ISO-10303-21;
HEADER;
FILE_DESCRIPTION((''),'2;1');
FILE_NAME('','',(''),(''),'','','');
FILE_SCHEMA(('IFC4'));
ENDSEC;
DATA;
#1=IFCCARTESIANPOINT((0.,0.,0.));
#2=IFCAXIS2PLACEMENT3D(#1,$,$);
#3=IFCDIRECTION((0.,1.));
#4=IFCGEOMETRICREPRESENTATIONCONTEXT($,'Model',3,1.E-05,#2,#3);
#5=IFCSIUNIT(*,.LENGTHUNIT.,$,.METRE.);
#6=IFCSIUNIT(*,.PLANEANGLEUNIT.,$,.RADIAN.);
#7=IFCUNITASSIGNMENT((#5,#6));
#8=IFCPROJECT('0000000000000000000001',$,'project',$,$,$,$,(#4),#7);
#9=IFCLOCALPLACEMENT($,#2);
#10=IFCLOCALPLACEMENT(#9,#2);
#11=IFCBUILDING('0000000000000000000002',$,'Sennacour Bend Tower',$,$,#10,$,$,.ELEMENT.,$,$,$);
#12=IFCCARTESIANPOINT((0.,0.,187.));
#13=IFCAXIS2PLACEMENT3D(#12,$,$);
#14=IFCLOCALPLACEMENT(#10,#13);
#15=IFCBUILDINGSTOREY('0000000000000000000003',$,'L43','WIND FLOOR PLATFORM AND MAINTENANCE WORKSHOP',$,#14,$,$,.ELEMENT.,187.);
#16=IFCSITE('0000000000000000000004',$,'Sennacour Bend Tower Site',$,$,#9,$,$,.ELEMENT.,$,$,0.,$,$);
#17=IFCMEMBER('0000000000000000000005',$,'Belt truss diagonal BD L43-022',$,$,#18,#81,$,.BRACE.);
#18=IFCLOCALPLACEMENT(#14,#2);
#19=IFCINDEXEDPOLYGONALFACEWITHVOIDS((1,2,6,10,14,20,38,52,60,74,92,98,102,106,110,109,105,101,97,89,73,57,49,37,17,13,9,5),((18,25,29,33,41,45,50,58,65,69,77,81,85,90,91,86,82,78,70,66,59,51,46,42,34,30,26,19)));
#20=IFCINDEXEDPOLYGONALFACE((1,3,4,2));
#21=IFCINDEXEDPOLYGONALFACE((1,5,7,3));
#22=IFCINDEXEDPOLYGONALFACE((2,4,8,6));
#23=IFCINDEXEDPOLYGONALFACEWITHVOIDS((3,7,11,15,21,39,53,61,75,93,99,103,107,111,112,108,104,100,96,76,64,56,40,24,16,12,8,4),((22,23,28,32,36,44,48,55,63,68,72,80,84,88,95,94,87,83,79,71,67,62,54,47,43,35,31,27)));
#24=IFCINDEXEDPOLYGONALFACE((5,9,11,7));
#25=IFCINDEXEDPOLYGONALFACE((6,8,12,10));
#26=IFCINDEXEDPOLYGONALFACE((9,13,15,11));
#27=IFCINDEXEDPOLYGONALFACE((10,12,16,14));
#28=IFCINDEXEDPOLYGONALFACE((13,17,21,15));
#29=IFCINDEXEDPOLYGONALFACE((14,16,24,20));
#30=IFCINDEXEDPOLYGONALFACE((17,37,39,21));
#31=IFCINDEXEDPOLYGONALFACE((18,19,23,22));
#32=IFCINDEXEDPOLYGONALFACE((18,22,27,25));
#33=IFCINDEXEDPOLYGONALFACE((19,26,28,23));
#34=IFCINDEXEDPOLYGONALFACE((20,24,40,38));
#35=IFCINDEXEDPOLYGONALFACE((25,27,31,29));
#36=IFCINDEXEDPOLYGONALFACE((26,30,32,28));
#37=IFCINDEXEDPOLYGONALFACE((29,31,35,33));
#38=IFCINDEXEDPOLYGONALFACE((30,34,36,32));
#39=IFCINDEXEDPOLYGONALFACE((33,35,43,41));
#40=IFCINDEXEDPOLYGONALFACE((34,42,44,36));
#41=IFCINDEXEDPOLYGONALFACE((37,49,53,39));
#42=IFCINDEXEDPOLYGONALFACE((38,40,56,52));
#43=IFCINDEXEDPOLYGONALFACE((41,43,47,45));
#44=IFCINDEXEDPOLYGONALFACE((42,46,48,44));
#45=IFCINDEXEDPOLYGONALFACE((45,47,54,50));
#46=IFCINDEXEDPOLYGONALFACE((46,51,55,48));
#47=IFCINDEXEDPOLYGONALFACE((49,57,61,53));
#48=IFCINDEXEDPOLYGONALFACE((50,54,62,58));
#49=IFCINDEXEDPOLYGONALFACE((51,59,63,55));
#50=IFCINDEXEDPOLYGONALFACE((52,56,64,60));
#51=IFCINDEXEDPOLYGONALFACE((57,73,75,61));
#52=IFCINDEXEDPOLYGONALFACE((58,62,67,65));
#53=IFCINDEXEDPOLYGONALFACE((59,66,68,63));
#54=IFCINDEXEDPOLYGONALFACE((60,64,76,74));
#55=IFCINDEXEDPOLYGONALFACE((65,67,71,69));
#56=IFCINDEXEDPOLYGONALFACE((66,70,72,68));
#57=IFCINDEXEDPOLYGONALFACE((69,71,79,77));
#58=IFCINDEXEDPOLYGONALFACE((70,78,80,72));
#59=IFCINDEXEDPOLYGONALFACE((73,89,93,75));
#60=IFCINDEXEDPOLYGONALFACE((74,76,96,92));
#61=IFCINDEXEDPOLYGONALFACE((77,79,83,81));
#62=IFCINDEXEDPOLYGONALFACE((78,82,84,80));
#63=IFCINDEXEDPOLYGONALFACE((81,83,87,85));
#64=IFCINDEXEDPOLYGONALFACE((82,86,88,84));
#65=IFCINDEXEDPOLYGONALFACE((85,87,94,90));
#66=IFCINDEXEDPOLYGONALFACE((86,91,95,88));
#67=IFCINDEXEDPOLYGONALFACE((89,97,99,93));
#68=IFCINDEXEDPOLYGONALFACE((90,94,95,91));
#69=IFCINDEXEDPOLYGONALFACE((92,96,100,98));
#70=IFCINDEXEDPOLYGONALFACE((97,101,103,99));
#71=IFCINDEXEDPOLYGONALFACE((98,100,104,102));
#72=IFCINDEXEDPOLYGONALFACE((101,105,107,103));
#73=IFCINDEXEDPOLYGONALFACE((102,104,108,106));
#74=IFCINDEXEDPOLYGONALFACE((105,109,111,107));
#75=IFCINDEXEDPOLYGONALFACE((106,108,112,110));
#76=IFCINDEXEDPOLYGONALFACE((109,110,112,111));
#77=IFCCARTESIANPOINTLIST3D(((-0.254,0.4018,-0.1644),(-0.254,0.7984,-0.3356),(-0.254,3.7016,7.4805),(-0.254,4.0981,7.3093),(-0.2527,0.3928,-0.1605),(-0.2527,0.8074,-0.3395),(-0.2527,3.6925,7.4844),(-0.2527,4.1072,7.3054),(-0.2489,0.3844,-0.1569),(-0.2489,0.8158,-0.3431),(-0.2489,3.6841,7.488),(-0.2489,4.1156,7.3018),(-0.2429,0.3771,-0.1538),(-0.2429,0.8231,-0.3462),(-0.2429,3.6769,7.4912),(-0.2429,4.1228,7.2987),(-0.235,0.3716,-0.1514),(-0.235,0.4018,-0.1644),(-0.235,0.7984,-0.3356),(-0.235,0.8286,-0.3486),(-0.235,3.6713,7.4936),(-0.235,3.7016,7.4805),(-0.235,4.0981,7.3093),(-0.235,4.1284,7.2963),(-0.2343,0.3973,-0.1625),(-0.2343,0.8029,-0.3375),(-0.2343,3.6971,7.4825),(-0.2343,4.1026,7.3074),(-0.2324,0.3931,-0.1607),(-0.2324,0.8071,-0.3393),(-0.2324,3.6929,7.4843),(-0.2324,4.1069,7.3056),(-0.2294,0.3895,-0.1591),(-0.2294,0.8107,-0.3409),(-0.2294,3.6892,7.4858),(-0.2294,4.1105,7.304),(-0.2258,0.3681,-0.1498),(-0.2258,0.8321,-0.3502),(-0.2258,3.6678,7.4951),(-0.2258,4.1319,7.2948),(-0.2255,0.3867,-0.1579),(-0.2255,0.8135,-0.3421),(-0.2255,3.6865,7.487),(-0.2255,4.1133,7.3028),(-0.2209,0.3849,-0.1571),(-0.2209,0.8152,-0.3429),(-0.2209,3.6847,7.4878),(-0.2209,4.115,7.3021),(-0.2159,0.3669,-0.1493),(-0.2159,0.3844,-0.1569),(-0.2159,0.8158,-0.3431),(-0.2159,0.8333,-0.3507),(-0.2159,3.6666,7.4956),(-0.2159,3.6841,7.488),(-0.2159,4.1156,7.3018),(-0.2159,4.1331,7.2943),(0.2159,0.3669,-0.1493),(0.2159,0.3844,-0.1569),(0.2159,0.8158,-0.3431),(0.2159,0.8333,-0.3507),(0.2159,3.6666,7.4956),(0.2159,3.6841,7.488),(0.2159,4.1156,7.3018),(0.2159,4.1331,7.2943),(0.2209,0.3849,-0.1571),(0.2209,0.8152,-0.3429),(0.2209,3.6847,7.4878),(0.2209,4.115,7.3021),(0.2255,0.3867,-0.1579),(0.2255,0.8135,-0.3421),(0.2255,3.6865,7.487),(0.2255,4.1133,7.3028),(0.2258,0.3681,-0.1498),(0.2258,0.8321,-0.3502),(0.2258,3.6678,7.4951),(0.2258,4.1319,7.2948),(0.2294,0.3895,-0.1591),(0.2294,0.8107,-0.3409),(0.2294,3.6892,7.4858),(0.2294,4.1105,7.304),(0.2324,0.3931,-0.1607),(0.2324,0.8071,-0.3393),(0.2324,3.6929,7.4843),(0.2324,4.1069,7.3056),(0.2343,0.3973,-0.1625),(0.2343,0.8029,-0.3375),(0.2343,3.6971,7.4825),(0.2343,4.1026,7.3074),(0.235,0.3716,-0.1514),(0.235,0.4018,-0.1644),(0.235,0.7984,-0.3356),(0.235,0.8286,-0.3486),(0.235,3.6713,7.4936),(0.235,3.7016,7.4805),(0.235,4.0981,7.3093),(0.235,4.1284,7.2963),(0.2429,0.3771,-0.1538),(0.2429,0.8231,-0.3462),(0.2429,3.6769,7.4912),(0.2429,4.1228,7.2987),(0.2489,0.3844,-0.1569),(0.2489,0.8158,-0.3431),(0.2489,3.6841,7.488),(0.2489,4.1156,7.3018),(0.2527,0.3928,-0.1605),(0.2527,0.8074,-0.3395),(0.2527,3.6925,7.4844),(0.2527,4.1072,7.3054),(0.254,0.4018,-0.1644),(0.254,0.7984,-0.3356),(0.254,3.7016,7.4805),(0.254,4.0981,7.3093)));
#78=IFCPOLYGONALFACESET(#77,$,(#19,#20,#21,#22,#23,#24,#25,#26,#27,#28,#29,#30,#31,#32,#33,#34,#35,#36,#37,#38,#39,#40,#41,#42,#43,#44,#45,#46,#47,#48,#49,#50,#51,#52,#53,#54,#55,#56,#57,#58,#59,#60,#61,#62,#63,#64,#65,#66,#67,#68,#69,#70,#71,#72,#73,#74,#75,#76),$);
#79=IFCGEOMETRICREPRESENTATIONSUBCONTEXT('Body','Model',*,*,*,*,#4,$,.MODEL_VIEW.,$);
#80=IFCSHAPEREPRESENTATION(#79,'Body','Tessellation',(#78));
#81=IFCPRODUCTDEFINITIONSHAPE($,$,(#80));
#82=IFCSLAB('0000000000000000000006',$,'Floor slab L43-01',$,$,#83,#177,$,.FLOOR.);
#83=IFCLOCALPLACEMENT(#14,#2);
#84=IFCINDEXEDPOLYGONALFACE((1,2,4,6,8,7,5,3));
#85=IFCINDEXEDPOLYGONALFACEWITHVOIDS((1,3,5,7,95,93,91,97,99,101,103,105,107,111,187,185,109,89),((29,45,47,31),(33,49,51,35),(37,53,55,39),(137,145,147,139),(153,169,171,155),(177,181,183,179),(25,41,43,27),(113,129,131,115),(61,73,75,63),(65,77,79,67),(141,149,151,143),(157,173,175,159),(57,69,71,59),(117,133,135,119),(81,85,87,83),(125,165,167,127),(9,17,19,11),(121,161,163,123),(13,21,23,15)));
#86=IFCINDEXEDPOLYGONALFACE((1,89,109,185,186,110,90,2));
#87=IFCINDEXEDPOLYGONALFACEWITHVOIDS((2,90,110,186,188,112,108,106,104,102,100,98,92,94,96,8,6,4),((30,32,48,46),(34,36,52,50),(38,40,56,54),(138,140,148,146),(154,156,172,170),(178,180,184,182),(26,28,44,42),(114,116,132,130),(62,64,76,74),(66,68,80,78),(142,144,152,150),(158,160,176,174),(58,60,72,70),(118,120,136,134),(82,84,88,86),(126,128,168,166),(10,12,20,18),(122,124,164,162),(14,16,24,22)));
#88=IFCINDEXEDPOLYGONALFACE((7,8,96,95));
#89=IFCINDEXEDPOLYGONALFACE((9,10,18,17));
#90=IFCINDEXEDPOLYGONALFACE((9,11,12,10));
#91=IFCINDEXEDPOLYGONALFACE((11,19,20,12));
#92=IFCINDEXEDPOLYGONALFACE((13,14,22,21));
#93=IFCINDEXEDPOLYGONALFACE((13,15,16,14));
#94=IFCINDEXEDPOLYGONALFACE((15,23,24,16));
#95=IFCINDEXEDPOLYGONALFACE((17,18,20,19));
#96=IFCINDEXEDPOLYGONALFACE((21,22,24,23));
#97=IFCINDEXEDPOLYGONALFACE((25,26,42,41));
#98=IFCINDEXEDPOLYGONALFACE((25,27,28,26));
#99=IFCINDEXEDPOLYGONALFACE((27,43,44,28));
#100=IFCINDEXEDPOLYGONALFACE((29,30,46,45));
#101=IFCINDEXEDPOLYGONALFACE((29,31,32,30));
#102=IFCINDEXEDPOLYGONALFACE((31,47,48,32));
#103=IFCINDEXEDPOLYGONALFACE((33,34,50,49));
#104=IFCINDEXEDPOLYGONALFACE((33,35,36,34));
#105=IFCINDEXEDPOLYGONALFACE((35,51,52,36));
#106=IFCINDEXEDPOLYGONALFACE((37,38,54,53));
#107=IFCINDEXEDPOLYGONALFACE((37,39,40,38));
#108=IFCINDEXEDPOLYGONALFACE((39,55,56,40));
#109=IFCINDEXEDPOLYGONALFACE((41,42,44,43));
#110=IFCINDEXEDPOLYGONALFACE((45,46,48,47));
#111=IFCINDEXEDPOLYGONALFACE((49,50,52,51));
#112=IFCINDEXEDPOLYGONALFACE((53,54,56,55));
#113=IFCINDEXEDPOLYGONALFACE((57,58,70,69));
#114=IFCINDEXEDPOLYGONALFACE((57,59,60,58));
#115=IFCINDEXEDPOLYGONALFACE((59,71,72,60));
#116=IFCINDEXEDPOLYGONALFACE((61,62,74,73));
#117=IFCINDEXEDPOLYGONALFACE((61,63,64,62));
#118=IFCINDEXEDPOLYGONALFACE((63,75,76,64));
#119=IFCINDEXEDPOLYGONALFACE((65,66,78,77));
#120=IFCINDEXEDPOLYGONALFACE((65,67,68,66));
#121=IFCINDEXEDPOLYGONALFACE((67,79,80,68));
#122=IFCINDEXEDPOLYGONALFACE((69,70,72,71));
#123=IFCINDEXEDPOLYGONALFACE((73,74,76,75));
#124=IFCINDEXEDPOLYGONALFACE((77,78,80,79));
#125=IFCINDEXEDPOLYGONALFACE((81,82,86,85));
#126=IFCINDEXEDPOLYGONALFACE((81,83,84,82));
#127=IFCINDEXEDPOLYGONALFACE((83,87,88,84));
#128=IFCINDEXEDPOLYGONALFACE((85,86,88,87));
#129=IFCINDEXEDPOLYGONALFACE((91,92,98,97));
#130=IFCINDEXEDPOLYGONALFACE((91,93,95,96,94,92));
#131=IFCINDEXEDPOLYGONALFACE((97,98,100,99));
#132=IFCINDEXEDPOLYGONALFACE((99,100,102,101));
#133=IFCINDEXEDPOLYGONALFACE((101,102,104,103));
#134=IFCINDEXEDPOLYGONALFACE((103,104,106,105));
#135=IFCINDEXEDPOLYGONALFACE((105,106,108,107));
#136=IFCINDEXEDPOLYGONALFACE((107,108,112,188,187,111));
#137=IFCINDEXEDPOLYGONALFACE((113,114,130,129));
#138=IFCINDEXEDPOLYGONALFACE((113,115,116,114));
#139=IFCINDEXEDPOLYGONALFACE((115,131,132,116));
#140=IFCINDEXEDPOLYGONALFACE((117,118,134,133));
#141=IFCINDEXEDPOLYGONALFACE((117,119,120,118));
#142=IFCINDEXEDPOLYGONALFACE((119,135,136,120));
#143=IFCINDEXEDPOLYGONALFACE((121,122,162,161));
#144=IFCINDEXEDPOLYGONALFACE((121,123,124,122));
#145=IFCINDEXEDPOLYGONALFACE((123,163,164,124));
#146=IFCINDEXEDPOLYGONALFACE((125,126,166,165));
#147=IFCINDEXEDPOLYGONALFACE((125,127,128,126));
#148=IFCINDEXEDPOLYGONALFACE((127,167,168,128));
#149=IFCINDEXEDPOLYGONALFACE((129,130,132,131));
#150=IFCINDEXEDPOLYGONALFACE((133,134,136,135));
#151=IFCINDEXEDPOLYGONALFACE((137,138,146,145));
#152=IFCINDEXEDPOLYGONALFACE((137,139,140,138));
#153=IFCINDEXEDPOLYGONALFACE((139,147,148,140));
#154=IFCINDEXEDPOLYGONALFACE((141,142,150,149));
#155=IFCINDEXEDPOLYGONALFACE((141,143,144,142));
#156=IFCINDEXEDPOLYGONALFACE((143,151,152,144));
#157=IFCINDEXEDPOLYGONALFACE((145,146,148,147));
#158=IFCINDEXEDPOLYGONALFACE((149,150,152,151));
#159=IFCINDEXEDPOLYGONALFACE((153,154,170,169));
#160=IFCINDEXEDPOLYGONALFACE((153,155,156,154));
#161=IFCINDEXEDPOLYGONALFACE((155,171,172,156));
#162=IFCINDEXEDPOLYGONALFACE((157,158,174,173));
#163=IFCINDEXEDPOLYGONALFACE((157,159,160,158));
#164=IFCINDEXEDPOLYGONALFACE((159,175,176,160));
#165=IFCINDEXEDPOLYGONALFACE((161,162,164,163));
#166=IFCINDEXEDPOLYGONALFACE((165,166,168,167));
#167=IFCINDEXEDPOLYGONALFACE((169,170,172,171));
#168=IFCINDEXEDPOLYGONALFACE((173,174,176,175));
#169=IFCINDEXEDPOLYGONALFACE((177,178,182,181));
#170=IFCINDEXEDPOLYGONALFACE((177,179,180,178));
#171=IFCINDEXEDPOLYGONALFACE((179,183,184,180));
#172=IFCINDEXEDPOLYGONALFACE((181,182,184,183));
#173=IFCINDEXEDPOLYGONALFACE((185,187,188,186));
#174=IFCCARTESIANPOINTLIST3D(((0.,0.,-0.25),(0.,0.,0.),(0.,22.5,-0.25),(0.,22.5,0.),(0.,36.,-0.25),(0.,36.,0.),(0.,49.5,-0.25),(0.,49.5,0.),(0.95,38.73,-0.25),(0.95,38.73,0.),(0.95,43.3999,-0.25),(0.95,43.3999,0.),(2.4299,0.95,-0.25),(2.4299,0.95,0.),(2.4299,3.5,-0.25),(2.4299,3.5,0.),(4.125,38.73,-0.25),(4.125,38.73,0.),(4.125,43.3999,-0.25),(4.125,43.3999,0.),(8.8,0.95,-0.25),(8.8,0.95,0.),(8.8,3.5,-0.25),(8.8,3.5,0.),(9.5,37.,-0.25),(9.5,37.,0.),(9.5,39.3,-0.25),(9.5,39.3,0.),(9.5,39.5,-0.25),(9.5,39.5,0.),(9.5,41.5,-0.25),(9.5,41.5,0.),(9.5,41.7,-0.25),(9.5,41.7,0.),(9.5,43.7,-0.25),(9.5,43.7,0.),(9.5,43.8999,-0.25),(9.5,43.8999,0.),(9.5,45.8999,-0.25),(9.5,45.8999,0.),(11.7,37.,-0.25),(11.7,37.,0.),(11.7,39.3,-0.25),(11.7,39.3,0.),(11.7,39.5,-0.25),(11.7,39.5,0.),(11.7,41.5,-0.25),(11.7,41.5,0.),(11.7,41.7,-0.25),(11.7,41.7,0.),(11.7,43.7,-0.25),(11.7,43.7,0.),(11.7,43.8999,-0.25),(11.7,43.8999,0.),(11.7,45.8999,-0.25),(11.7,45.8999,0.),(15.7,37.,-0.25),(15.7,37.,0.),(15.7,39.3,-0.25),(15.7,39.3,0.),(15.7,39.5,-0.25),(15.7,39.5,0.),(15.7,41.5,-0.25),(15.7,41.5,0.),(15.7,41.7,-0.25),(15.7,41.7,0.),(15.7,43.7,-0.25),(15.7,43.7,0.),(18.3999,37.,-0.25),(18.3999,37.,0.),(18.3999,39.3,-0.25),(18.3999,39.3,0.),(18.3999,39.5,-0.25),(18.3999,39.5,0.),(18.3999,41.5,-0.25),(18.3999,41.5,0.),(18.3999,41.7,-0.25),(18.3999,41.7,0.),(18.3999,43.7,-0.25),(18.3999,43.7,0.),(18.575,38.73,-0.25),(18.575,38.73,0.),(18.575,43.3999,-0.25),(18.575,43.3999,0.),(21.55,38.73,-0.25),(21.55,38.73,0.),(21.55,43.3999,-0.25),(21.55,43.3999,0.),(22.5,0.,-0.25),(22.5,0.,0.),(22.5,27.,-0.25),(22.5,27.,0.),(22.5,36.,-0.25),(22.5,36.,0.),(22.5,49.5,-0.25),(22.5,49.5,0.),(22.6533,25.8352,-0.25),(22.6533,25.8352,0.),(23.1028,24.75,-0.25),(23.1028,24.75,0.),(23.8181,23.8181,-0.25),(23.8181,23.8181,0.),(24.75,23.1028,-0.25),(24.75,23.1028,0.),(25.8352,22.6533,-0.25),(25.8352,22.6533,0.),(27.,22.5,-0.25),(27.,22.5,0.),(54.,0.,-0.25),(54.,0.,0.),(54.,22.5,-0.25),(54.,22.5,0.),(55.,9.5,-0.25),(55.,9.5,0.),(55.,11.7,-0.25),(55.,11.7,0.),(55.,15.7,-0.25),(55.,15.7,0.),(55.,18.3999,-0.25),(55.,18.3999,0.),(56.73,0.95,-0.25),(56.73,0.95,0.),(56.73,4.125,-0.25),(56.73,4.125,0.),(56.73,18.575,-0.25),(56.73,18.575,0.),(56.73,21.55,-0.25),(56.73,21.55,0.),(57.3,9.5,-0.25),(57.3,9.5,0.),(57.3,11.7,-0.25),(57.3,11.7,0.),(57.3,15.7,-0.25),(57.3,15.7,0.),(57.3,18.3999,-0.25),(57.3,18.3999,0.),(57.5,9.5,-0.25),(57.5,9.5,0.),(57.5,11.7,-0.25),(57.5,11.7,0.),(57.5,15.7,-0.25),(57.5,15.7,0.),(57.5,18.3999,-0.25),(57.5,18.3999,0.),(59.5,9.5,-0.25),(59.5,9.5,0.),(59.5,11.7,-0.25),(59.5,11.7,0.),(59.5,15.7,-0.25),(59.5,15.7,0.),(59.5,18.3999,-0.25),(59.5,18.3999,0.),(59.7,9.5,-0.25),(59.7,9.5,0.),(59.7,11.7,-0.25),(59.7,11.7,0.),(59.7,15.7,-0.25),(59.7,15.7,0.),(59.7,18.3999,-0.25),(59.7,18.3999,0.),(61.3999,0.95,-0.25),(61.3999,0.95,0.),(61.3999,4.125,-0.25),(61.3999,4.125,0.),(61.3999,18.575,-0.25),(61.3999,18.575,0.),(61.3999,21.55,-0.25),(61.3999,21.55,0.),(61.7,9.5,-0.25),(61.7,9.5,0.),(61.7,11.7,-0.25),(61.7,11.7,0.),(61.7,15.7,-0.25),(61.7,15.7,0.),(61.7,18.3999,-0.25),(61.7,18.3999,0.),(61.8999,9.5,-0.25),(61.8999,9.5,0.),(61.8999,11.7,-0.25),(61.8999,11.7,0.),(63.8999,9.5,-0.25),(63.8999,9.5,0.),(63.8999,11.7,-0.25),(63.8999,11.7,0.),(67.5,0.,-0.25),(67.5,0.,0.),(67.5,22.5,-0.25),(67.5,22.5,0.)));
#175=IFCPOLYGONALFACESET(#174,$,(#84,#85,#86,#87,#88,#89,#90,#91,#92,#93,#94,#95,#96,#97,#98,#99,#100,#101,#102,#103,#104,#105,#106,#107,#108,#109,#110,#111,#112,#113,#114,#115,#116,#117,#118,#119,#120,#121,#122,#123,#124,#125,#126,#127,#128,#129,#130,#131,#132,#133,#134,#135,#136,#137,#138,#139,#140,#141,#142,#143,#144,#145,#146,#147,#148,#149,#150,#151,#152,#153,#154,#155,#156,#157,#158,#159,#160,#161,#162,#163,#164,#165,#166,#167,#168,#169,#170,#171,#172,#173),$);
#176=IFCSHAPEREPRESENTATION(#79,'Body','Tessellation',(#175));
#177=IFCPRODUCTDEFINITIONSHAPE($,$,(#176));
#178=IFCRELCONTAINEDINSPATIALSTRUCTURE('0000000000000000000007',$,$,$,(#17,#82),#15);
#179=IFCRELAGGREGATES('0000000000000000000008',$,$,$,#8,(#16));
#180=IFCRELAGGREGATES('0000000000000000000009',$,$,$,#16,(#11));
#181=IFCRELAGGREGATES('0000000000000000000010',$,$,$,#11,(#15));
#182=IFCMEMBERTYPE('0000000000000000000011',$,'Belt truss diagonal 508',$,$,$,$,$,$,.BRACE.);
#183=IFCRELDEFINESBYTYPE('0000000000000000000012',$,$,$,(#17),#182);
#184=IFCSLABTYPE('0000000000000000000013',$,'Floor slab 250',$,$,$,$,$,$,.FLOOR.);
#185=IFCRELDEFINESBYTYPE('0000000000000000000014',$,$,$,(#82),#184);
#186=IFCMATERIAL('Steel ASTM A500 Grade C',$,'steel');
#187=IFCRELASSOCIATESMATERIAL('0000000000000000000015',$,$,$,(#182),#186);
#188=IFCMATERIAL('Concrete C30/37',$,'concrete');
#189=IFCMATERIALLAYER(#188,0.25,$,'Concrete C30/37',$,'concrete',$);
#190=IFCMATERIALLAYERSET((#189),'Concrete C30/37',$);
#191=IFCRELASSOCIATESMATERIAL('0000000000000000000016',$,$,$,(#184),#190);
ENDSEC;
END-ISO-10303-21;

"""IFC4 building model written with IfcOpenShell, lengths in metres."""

from ifc_helpers import new_model, si_unit, direction, frame, origin, origin_2d, place, context, subcontext, project, spatial, polyline, hollow_rectangle, outline, extrude, material, layer, layer_set, material_profile, profile_set, type_object, element, save


model = new_model("IFC4")

# Units and contexts
model_context = context("Model", 3, precision=1e-05, world=origin(), true_north=direction((0.0, 1.0)))
body_context = subcontext(model_context, "Body", "Model", "MODEL_VIEW")
ifc_project = project(units=[si_unit("LENGTHUNIT", "METRE"), si_unit("PLANEANGLEUNIT", "RADIAN")], contexts=[model_context])

# Site, building, storey
site_placement = place(None, origin())
site = spatial("IfcSite", under=ifc_project, at=site_placement, Name="Sennacour Bend Tower Site", CompositionType="ELEMENT", RefElevation=0.0)
building_placement = place(site_placement, origin())
building = spatial("IfcBuilding", under=site, at=building_placement, Name="Sennacour Bend Tower", CompositionType="ELEMENT")
storey_placement = place(building_placement, frame((0.0, 0.0, 187.0)))
storey = spatial("IfcBuildingStorey", under=building, at=storey_placement, Name="L43", Description="WIND FLOOR PLATFORM AND MAINTENANCE WORKSHOP", CompositionType="ELEMENT", Elevation=187.0)

# Member
ifc_material_1 = material(Name="Steel ASTM A500 Grade C", Category="steel")
ifc_material_profile_1 = material_profile(ifc_material_1, hollow_rectangle(XDim=0.5081, YDim=0.5081, WallThickness=0.019, InnerFilletRadius=0.019, OuterFilletRadius=0.0381, at=origin_2d()), Name="Steel ASTM A500 Grade C", Category="steel")
ifc_profile_set_1 = profile_set([ifc_material_profile_1], Name="Steel ASTM A500 Grade C")
member_type_1 = type_object("IfcMemberType", Name="Belt truss diagonal 508", PredefinedType="BRACE", material=ifc_profile_set_1)
member_placement = place(storey_placement, frame((0.0, 0.6001, -0.25), z_axis=(0.0, 0.396289, 0.918126), x_axis=(-1.0, 0.0, 0.0)))
element("IfcMember", 1, at=member_placement, inside=storey, type_object=member_type_1, Name="Belt truss diagonal BD L43-022", PredefinedType="BRACE", context=body_context, shape_type="SweptSolid", body=[
    extrude(hollow_rectangle(XDim=0.5081, YDim=0.5081, WallThickness=0.019, InnerFilletRadius=0.019, OuterFilletRadius=0.0381, at=origin_2d()), origin(), (0.0, 0.0, 1.0), 8.3267),
])

# Slab
ifc_material_2 = material(Name="Concrete C30/37", Category="concrete")
ifc_layer_1 = layer(ifc_material_2, 0.25, Name="Concrete C30/37", Category="concrete")
ifc_layer_set_1 = layer_set([ifc_layer_1], Name="Concrete C30/37")
slab_type_1 = type_object("IfcSlabType", Name="Floor slab 250", PredefinedType="FLOOR", material=ifc_layer_set_1)
slab_1_placement = place(storey_placement, frame((0.0, 0.0, -0.25)))
element("IfcSlab", 2, at=slab_1_placement, inside=storey, type_object=slab_type_1, Name="Floor slab L43-01", PredefinedType="FLOOR", context=body_context, shape_type="SweptSolid", body=[
    extrude(outline(polyline([(0.0, 36.0), (0.0, 49.5), (22.5, 49.5), (22.5, 36.0), (22.5, 27.0), (22.6533, 25.8352), (23.1028, 24.75), (23.8181, 23.8181), (24.75, 23.1028), (25.8352, 22.6533), (27.0, 22.5), (54.0, 22.5), (67.5, 22.5), (67.5, 0.0), (54.0, 0.0), (22.5, 0.0), (0.0, 0.0), (0.0, 22.5), (0.0, 36.0)]), holes=[polyline([(8.8, 0.95), (8.8, 3.5), (2.4299, 3.5), (2.4299, 0.95), (8.8, 0.95)]), polyline([(11.7, 37.0), (11.7, 39.3), (9.5, 39.3), (9.5, 37.0), (11.7, 37.0)]), polyline([(18.3999, 37.0), (18.3999, 39.3), (15.7, 39.3), (15.7, 37.0), (18.3999, 37.0)]), polyline([(11.7, 39.5), (11.7, 41.5), (9.5, 41.5), (9.5, 39.5), (11.7, 39.5)]), polyline([(18.3999, 39.5), (18.3999, 41.5), (15.7, 41.5), (15.7, 39.5), (18.3999, 39.5)]), polyline([(4.125, 38.73), (4.125, 43.3999), (0.95, 43.3999), (0.95, 38.73), (4.125, 38.73)]), polyline([(21.55, 38.73), (21.55, 43.3999), (18.575, 43.3999), (18.575, 38.73), (21.55, 38.73)]), polyline([(9.5, 41.7), (11.7, 41.7), (11.7, 43.7), (9.5, 43.7), (9.5, 41.7)]), polyline([(15.7, 41.7), (18.3999, 41.7), (18.3999, 43.7), (15.7, 43.7), (15.7, 41.7)]), polyline([(11.7, 43.8999), (11.7, 45.8999), (9.5, 45.8999), (9.5, 43.8999), (11.7, 43.8999)]), polyline([(61.3999, 0.95), (61.3999, 4.125), (56.73, 4.125), (56.73, 0.95), (61.3999, 0.95)]), polyline([(57.3, 9.5), (57.3, 11.7), (55.0, 11.7), (55.0, 9.5), (57.3, 9.5)]), polyline([(57.5, 9.5), (59.5, 9.5), (59.5, 11.7), (57.5, 11.7), (57.5, 9.5)]), polyline([(59.7, 9.5), (61.7, 9.5), (61.7, 11.7), (59.7, 11.7), (59.7, 9.5)]), polyline([(63.8999, 9.5), (63.8999, 11.7), (61.8999, 11.7), (61.8999, 9.5), (63.8999, 9.5)]), polyline([(57.3, 15.7), (57.3, 18.3999), (55.0, 18.3999), (55.0, 15.7), (57.3, 15.7)]), polyline([(59.5, 15.7), (59.5, 18.3999), (57.5, 18.3999), (57.5, 15.7), (59.5, 15.7)]), polyline([(59.7, 15.7), (61.7, 15.7), (61.7, 18.3999), (59.7, 18.3999), (59.7, 15.7)]), polyline([(56.73, 18.575), (61.3999, 18.575), (61.3999, 21.55), (56.73, 21.55), (56.73, 18.575)])]), origin(), (0.0, 0.0, 1.0), 0.25),
])

save(model, "model.ifc")
